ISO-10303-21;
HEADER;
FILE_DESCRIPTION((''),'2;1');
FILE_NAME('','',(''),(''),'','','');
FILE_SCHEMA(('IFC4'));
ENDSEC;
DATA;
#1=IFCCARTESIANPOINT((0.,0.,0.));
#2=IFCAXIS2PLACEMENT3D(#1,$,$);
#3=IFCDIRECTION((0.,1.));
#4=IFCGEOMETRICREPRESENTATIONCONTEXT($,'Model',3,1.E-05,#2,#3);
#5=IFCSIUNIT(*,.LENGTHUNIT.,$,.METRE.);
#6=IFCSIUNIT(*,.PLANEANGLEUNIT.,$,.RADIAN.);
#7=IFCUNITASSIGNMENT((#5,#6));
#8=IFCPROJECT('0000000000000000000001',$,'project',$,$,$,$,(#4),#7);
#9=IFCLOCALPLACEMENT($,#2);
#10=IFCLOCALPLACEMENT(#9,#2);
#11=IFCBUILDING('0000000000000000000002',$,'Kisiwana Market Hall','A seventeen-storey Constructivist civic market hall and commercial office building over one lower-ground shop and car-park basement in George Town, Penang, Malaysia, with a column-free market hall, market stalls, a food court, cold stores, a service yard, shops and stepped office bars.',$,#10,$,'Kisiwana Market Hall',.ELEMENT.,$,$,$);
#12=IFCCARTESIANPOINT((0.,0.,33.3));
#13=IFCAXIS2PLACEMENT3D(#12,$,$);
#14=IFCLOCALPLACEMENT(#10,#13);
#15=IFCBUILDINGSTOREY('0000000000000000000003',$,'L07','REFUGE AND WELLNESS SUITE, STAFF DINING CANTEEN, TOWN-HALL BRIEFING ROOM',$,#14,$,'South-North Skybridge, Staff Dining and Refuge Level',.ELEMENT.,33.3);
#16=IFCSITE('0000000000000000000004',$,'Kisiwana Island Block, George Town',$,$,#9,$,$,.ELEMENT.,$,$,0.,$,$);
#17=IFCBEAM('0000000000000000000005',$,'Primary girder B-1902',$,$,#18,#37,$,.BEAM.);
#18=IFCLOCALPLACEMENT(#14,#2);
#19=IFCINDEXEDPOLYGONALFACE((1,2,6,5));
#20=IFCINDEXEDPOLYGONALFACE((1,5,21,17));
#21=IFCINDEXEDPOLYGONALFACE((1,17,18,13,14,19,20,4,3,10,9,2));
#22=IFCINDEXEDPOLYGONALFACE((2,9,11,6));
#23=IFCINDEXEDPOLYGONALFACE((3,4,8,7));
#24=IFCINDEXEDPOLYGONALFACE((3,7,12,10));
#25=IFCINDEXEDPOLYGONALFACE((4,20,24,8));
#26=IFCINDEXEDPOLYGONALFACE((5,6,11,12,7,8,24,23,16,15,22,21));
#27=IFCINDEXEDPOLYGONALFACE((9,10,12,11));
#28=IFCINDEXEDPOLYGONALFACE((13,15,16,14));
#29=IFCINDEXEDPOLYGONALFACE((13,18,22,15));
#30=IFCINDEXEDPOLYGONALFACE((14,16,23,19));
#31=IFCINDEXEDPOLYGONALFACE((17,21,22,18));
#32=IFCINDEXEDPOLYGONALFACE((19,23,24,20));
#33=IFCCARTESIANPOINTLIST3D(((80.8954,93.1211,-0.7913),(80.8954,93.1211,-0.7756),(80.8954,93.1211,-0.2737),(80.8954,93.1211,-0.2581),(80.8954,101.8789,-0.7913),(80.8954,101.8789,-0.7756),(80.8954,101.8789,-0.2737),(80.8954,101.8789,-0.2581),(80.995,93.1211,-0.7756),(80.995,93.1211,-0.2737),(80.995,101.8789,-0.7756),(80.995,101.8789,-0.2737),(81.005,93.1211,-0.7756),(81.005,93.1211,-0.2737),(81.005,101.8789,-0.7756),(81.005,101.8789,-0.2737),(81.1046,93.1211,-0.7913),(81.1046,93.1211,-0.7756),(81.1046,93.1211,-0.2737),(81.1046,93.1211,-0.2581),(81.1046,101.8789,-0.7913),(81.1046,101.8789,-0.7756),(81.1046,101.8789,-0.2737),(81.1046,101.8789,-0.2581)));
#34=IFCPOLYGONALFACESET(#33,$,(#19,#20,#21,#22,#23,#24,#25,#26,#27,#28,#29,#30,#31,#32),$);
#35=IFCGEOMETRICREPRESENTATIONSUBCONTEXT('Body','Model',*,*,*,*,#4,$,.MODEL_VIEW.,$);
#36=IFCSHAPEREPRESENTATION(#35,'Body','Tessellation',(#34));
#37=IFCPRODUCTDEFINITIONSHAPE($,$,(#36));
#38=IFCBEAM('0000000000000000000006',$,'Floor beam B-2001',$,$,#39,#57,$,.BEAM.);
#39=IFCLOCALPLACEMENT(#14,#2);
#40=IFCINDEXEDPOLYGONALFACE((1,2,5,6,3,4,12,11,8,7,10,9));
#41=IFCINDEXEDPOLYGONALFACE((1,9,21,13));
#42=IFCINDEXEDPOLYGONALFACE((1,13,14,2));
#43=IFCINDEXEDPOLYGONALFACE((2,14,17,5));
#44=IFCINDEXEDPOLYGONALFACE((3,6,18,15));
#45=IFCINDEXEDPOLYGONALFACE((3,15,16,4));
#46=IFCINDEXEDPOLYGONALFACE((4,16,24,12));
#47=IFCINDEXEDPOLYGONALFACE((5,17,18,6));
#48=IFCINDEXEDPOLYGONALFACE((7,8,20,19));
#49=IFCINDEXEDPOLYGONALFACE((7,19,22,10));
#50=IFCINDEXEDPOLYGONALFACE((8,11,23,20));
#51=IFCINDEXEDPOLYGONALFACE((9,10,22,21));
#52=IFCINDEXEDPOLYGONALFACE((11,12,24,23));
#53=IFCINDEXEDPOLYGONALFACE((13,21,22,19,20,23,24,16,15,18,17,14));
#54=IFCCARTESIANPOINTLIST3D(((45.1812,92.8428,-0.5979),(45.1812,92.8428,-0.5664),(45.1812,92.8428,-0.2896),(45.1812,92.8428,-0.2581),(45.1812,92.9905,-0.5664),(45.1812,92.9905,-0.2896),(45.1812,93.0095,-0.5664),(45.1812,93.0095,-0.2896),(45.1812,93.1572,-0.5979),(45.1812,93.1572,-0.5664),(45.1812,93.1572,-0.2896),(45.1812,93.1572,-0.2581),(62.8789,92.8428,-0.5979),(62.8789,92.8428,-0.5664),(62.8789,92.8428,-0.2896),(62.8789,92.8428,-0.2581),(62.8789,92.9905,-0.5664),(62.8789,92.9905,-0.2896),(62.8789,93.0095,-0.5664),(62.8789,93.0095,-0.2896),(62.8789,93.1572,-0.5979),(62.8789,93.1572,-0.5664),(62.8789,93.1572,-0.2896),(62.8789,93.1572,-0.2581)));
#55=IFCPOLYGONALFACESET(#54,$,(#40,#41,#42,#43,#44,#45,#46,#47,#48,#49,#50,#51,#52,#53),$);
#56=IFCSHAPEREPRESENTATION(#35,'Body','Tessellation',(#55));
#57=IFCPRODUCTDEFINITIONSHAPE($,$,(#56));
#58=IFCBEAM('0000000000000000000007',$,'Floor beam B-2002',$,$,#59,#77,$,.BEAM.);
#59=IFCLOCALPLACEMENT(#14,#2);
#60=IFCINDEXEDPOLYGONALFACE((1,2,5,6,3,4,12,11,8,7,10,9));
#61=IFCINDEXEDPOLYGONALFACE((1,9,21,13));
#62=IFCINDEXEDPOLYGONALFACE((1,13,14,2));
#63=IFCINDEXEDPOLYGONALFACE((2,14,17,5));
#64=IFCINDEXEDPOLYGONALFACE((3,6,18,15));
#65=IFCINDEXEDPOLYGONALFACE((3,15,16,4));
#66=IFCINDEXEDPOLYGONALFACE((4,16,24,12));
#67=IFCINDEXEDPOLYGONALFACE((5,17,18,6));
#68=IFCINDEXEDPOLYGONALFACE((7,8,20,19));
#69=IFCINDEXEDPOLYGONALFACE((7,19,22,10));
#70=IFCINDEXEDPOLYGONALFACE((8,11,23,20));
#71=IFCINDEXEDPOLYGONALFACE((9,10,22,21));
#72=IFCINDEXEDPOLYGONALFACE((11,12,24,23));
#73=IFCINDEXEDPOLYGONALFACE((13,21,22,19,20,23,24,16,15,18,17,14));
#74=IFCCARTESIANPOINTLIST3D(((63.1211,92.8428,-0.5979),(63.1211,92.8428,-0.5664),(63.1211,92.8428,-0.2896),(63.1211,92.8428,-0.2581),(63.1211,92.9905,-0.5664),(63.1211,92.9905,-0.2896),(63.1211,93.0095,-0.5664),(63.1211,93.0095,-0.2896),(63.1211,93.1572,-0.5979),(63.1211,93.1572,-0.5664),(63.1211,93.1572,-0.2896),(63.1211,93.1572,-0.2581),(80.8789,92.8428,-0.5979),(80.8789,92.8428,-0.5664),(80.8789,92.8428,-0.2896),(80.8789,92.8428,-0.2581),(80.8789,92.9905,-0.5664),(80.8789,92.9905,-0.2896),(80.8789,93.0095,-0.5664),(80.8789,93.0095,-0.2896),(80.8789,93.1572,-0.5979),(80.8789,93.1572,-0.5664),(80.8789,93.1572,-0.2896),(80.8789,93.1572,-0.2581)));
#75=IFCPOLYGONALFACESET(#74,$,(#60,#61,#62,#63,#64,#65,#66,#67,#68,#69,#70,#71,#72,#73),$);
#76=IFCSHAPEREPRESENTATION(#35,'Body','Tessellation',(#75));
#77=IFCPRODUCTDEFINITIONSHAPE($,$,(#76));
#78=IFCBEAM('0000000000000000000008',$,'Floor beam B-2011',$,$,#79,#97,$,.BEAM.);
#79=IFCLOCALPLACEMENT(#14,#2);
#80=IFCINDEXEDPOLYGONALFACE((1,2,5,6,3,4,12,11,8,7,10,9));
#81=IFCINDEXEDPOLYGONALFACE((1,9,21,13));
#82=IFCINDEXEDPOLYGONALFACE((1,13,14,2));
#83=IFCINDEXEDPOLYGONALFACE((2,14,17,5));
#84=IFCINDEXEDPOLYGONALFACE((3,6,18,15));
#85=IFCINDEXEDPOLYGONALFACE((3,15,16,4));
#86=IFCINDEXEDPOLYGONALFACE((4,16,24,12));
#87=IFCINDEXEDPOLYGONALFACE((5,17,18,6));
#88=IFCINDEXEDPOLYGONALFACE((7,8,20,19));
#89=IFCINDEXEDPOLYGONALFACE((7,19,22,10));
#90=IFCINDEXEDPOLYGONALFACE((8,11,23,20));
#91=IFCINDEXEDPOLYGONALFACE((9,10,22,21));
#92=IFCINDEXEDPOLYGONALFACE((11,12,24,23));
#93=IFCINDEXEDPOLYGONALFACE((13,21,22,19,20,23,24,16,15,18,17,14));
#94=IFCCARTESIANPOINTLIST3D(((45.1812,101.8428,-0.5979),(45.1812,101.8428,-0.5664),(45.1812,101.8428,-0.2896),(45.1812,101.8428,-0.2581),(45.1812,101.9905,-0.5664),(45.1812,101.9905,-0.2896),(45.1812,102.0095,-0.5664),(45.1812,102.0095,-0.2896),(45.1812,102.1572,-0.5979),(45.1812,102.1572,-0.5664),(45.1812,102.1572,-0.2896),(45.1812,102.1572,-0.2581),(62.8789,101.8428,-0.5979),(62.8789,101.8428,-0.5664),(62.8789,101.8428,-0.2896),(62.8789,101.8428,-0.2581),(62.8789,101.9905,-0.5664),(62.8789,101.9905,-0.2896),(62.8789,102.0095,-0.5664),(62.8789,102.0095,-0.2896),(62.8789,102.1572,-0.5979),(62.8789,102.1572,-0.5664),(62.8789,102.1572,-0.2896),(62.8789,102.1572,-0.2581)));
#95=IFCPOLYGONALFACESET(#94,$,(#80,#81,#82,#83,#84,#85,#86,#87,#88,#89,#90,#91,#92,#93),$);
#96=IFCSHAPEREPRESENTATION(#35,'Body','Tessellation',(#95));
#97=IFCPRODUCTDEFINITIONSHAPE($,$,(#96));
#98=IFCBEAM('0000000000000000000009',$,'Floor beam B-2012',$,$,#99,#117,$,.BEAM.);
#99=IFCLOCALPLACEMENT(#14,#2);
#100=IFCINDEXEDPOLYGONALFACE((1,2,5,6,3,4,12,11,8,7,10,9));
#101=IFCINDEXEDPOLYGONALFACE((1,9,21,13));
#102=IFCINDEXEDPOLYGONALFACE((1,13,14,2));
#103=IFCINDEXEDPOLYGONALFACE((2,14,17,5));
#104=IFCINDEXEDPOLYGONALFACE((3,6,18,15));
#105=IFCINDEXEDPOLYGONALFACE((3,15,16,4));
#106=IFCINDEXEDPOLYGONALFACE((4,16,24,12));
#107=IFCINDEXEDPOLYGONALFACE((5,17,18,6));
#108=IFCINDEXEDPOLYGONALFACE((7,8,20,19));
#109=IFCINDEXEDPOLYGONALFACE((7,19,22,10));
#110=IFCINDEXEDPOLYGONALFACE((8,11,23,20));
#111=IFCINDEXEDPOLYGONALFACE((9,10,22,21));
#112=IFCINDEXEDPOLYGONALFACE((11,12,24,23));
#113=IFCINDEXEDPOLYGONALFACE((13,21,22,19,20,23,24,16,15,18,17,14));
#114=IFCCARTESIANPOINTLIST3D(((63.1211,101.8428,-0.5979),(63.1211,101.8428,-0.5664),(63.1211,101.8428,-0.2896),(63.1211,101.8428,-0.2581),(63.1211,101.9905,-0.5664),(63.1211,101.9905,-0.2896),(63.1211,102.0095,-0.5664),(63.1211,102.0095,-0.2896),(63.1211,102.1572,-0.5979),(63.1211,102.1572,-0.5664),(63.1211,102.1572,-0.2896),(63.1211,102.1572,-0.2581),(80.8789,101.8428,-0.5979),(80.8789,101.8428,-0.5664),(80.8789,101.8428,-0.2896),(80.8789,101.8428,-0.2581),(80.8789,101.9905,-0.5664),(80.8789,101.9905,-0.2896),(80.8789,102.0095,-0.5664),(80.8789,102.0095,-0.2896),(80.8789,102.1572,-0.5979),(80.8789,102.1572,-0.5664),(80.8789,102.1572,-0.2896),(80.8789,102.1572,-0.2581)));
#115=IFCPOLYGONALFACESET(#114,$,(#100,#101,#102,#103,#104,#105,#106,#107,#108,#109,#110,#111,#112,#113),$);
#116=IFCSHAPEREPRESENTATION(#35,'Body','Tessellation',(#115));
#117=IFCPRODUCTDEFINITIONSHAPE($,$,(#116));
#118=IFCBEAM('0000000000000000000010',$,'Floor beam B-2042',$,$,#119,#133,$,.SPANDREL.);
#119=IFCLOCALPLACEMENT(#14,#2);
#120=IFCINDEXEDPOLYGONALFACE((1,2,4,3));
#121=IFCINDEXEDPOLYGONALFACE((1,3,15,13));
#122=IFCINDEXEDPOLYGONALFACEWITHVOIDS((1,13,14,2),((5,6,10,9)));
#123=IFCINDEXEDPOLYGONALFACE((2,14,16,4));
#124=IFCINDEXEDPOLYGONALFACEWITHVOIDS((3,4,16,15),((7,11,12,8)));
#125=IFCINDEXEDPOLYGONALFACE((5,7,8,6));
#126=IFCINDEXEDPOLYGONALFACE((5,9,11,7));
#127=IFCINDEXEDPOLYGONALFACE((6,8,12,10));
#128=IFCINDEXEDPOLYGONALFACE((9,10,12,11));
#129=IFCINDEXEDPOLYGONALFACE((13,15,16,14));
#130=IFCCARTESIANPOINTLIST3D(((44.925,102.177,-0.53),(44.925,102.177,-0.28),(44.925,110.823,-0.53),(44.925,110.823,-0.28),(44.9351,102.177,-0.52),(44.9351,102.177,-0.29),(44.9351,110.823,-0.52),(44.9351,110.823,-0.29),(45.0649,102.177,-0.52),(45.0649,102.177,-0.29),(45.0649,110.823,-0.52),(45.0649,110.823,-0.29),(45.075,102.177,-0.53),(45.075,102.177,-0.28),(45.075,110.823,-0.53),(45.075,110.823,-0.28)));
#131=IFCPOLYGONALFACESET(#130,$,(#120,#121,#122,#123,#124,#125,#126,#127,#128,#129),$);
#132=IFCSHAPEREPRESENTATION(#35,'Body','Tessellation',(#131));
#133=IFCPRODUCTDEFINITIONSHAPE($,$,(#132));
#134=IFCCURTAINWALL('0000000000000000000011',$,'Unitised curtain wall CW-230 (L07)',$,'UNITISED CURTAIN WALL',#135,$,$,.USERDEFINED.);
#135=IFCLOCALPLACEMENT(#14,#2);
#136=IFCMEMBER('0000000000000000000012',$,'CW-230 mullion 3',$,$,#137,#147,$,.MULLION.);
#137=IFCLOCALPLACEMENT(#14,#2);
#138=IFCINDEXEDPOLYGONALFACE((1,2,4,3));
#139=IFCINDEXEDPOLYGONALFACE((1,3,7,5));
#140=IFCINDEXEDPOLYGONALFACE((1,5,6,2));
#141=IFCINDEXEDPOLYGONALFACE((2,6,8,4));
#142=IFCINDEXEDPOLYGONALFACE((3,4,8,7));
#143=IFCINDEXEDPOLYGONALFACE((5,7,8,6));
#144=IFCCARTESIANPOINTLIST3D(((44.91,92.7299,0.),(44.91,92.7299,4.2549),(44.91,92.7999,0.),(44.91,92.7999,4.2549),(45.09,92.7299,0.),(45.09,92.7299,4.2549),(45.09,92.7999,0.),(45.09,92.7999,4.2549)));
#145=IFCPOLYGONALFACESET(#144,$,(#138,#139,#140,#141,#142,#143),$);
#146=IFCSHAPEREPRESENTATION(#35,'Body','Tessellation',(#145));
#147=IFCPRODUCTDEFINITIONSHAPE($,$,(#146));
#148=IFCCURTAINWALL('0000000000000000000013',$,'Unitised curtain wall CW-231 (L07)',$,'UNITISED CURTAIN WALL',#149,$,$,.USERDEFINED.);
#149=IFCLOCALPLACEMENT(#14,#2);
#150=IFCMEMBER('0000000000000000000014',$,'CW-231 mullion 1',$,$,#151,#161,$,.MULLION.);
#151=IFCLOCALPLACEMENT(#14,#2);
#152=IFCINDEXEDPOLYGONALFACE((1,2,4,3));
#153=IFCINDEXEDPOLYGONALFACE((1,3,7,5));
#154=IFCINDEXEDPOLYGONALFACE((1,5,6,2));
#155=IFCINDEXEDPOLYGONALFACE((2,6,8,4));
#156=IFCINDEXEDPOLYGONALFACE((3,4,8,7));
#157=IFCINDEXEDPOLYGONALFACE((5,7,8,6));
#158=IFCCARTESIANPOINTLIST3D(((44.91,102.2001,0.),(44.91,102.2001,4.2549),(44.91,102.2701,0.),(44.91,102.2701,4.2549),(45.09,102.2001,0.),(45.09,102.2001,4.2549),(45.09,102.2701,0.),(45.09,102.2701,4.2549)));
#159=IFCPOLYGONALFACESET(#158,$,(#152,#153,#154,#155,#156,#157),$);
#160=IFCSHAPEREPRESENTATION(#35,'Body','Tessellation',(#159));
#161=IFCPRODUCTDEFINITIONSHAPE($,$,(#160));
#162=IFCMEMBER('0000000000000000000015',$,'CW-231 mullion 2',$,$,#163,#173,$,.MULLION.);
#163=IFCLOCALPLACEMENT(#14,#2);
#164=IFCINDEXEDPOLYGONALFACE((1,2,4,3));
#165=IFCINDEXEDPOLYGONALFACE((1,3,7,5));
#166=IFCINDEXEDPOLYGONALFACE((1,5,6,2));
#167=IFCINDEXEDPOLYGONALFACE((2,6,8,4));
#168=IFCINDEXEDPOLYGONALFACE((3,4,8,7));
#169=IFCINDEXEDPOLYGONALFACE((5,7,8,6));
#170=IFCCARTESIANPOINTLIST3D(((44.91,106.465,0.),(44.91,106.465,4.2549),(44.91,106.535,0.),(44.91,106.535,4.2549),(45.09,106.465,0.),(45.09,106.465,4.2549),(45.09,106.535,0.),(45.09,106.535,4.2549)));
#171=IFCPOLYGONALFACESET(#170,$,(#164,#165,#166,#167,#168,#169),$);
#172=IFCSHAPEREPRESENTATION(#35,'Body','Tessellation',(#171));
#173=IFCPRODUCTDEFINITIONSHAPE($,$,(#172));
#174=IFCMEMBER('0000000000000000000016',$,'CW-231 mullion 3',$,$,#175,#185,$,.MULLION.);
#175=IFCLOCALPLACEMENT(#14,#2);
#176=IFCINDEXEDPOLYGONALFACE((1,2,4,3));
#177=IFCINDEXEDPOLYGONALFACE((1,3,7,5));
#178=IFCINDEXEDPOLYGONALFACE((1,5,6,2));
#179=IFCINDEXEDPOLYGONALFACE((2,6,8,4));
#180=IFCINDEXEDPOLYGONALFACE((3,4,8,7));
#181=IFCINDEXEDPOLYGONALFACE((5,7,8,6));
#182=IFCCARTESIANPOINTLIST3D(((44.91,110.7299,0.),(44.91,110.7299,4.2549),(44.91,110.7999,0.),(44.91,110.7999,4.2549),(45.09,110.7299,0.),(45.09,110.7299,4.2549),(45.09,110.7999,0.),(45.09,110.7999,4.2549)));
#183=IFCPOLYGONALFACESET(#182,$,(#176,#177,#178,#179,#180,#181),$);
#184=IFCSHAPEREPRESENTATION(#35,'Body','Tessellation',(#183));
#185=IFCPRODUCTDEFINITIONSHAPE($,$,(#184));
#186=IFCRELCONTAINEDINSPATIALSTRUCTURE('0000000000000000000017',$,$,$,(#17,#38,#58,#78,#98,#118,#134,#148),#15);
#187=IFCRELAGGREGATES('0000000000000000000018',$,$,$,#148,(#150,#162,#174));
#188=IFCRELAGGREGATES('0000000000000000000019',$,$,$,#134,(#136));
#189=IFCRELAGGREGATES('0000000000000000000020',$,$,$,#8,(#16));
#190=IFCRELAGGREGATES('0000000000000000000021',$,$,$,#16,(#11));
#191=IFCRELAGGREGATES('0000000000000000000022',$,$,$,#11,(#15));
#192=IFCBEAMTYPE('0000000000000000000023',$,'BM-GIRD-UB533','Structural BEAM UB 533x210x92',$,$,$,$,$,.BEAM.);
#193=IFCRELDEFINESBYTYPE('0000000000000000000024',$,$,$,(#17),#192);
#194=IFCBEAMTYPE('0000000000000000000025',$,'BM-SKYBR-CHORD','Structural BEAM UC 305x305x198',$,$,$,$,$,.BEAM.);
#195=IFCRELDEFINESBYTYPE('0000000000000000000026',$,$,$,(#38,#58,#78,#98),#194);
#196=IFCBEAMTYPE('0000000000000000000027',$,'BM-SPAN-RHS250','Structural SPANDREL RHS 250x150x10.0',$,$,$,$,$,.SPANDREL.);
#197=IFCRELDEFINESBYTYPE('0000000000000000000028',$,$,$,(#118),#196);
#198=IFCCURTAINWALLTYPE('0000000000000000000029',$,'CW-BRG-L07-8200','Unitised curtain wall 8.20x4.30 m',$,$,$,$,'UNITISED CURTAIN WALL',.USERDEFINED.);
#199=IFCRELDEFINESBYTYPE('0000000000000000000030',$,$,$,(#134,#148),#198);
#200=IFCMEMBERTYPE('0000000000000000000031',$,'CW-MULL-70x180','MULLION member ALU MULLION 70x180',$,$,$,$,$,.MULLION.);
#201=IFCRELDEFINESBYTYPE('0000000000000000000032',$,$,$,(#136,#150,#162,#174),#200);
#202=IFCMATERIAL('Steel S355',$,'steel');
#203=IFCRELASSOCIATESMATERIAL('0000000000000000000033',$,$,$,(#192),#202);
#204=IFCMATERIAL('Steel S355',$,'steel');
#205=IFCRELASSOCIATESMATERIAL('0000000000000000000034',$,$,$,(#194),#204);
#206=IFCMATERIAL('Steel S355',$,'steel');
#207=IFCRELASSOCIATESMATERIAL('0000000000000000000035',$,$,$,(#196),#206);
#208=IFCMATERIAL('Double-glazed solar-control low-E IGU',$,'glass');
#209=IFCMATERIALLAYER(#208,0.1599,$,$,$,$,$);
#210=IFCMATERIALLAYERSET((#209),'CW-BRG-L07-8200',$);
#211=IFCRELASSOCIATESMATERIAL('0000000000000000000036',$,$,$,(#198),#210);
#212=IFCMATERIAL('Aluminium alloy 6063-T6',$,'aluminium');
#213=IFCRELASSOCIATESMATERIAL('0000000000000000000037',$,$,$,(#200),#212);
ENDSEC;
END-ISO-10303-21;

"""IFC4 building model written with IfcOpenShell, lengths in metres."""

from ifc_helpers import new_model, si_unit, direction, frame, origin, origin_2d, place, context, subcontext, project, spatial, rectangle, hollow_rectangle, i_section, extrude, material, layer, layer_set, material_profile, profile_set, type_object, element, aggregate, save


model = new_model("IFC4")

# Units and contexts
model_context = context("Model", 3, precision=1e-05, world=origin(), true_north=direction((0.0, 1.0)))
body_context = subcontext(model_context, "Body", "Model", "MODEL_VIEW")
ifc_project = project(units=[si_unit("LENGTHUNIT", "METRE"), si_unit("PLANEANGLEUNIT", "RADIAN")], contexts=[model_context])

# Site, building, storey
site_placement = place(None, origin())
site = spatial("IfcSite", under=ifc_project, at=site_placement, Name="Kisiwana Island Block, George Town", CompositionType="ELEMENT", RefElevation=0.0)
building_placement = place(site_placement, origin())
building = spatial("IfcBuilding", under=site, at=building_placement, Name="Kisiwana Market Hall", Description="A seventeen-storey Constructivist civic market hall and commercial office building over one lower-ground shop and car-park basement in George Town, Penang, Malaysia, with a column-free market hall, market stalls, a food court, cold stores, a service yard, shops and stepped office bars.", LongName="Kisiwana Market Hall", CompositionType="ELEMENT")
storey_placement = place(building_placement, frame((0.0, 0.0, 33.3)))
storey = spatial("IfcBuildingStorey", under=building, at=storey_placement, Name="L07", Description="REFUGE AND WELLNESS SUITE, STAFF DINING CANTEEN, TOWN-HALL BRIEFING ROOM", LongName="South-North Skybridge, Staff Dining and Refuge Level", CompositionType="ELEMENT", Elevation=33.3)

# Beams
ifc_material_1 = material(Name="Steel S355", Category="steel")
ifc_material_profile_1 = material_profile(ifc_material_1, i_section(OverallWidth=0.2092, OverallDepth=0.5332, WebThickness=0.01, FlangeThickness=0.0156, at=origin_2d()), Name="UB 533x210x92")
ifc_profile_set_1 = profile_set([ifc_material_profile_1], Name="Steel S355")
beam_type_1 = type_object("IfcBeamType", Name="BM-GIRD-UB533", Description="Structural BEAM UB 533x210x92", PredefinedType="BEAM", material=ifc_profile_set_1)
for number, where, z_axis, x_axis, name in (
    (1, (81.0, 93.1211, -0.5247), (0.0, 1.0, 0.0), (-1.0, 0.0, 0.0), "Primary girder B-1902"),
):
    element("IfcBeam", number, at=place(storey_placement, frame(where, z_axis=z_axis, x_axis=x_axis)), inside=storey, type_object=beam_type_1, Name=name, PredefinedType="BEAM", context=body_context, shape_type="SweptSolid", body=[
        extrude(i_section(OverallWidth=0.2092, OverallDepth=0.5332, WebThickness=0.01, FlangeThickness=0.0156, at=origin_2d()), origin(), (0.0, 0.0, 1.0), 8.7578),
    ])
ifc_material_2 = material(Name="Steel S355", Category="steel")
ifc_material_profile_2 = material_profile(ifc_material_2, i_section(OverallWidth=0.3145, OverallDepth=0.3398, WebThickness=0.019, FlangeThickness=0.0315, at=origin_2d()), Name="UC 305x305x198")
ifc_profile_set_2 = profile_set([ifc_material_profile_2], Name="Steel S355")
beam_type_2 = type_object("IfcBeamType", Name="BM-SKYBR-CHORD", Description="Structural BEAM UC 305x305x198", PredefinedType="BEAM", material=ifc_profile_set_2)
beam_1_placement = place(storey_placement, frame((45.1812, 93.0, -0.428), z_axis=(1.0, 0.0, 0.0), x_axis=(0.0, 1.0, 0.0)))
element("IfcBeam", 2, at=beam_1_placement, inside=storey, type_object=beam_type_2, Name="Floor beam B-2001", PredefinedType="BEAM", context=body_context, shape_type="SweptSolid", body=[
    extrude(i_section(OverallWidth=0.3145, OverallDepth=0.3398, WebThickness=0.019, FlangeThickness=0.0315, at=origin_2d()), origin(), (0.0, 0.0, 1.0), 17.6978),
])
beam_2_placement = place(storey_placement, frame((63.1211, 93.0, -0.428), z_axis=(1.0, 0.0, 0.0), x_axis=(0.0, 1.0, 0.0)))
element("IfcBeam", 3, at=beam_2_placement, inside=storey, type_object=beam_type_2, Name="Floor beam B-2002", PredefinedType="BEAM", context=body_context, shape_type="SweptSolid", body=[
    extrude(i_section(OverallWidth=0.3145, OverallDepth=0.3398, WebThickness=0.019, FlangeThickness=0.0315, at=origin_2d()), origin(), (0.0, 0.0, 1.0), 17.7578),
])
beam_3_placement = place(storey_placement, frame((45.1812, 102.0, -0.428), z_axis=(1.0, 0.0, 0.0), x_axis=(0.0, 1.0, 0.0)))
element("IfcBeam", 4, at=beam_3_placement, inside=storey, type_object=beam_type_2, Name="Floor beam B-2011", PredefinedType="BEAM", context=body_context, shape_type="SweptSolid", body=[
    extrude(i_section(OverallWidth=0.3145, OverallDepth=0.3398, WebThickness=0.019, FlangeThickness=0.0315, at=origin_2d()), origin(), (0.0, 0.0, 1.0), 17.6978),
])
beam_4_placement = place(storey_placement, frame((63.1211, 102.0, -0.428), z_axis=(1.0, 0.0, 0.0), x_axis=(0.0, 1.0, 0.0)))
element("IfcBeam", 5, at=beam_4_placement, inside=storey, type_object=beam_type_2, Name="Floor beam B-2012", PredefinedType="BEAM", context=body_context, shape_type="SweptSolid", body=[
    extrude(i_section(OverallWidth=0.3145, OverallDepth=0.3398, WebThickness=0.019, FlangeThickness=0.0315, at=origin_2d()), origin(), (0.0, 0.0, 1.0), 17.7578),
])
ifc_material_3 = material(Name="Steel S355", Category="steel")
ifc_material_profile_3 = material_profile(ifc_material_3, hollow_rectangle(XDim=0.1499, YDim=0.25, WallThickness=0.01, at=origin_2d()), Name="RHS 250x150x10.0")
ifc_profile_set_3 = profile_set([ifc_material_profile_3], Name="Steel S355")
beam_type_3 = type_object("IfcBeamType", Name="BM-SPAN-RHS250", Description="Structural SPANDREL RHS 250x150x10.0", PredefinedType="SPANDREL", material=ifc_profile_set_3)
beam_5_placement = place(storey_placement, frame((45.0, 102.177, -0.405), z_axis=(0.0, 1.0, 0.0), x_axis=(-1.0, 0.0, 0.0)))
element("IfcBeam", 6, at=beam_5_placement, inside=storey, type_object=beam_type_3, Name="Floor beam B-2042", PredefinedType="SPANDREL", context=body_context, shape_type="SweptSolid", body=[
    extrude(hollow_rectangle(XDim=0.1499, YDim=0.25, WallThickness=0.01, at=origin_2d()), origin(), (0.0, 0.0, 1.0), 8.646),
])

# Curtain wall, member
ifc_material_4 = material(Name="Double-glazed solar-control low-E IGU", Category="glass")
ifc_layer_1 = layer(ifc_material_4, 0.1599)
ifc_layer_set_1 = layer_set([ifc_layer_1], Name="CW-BRG-L07-8200")
curtain_wall_type = type_object("IfcCurtainWallType", Name="CW-BRG-L07-8200", Description="Unitised curtain wall 8.20x4.30 m", ElementType="UNITISED CURTAIN WALL", PredefinedType="USERDEFINED", material=ifc_layer_set_1)
curtain_wall_1_placement = place(storey_placement, origin())
curtain_wall_1 = element("IfcCurtainWall", 7, at=curtain_wall_1_placement, inside=storey, type_object=curtain_wall_type, Name="Unitised curtain wall CW-230 (L07)", ObjectType="UNITISED CURTAIN WALL", PredefinedType="USERDEFINED")
ifc_material_5 = material(Name="Aluminium alloy 6063-T6", Category="aluminium")
ifc_material_profile_4 = material_profile(ifc_material_5, rectangle(XDim=0.0701, YDim=0.1799, at=origin_2d()), Name="ALU MULLION 70x180")
ifc_profile_set_4 = profile_set([ifc_material_profile_4], Name="Aluminium alloy 6063-T6")
member_type_1 = type_object("IfcMemberType", Name="CW-MULL-70x180", Description="MULLION member ALU MULLION 70x180", PredefinedType="MULLION", material=ifc_profile_set_4)
member_1_placement = place(storey_placement, frame((45.0, 92.7649, 0.0), z_axis=(0.0, 0.0, 1.0), x_axis=(0.0, 1.0, 0.0)))
member_1 = element("IfcMember", 8, at=member_1_placement, type_object=member_type_1, Name="CW-230 mullion 3", PredefinedType="MULLION", context=body_context, shape_type="SweptSolid", body=[
    extrude(rectangle(XDim=0.0701, YDim=0.1799, at=origin_2d()), origin(), (0.0, 0.0, 1.0), 4.2549),
])

# Curtain wall, members
curtain_wall_2_placement = place(storey_placement, origin())
curtain_wall_2 = element("IfcCurtainWall", 9, at=curtain_wall_2_placement, inside=storey, type_object=curtain_wall_type, Name="Unitised curtain wall CW-231 (L07)", ObjectType="UNITISED CURTAIN WALL", PredefinedType="USERDEFINED")
member_2_placement = place(storey_placement, frame((45.0, 102.2351, 0.0), z_axis=(0.0, 0.0, 1.0), x_axis=(0.0, 1.0, 0.0)))
member_2 = element("IfcMember", 10, at=member_2_placement, type_object=member_type_1, Name="CW-231 mullion 1", PredefinedType="MULLION", context=body_context, shape_type="SweptSolid", body=[
    extrude(rectangle(XDim=0.0701, YDim=0.1799, at=origin_2d()), origin(), (0.0, 0.0, 1.0), 4.2549),
])
member_3_placement = place(storey_placement, frame((45.0, 106.5, 0.0), z_axis=(0.0, 0.0, 1.0), x_axis=(0.0, 1.0, 0.0)))
member_3 = element("IfcMember", 11, at=member_3_placement, type_object=member_type_1, Name="CW-231 mullion 2", PredefinedType="MULLION", context=body_context, shape_type="SweptSolid", body=[
    extrude(rectangle(XDim=0.0701, YDim=0.1799, at=origin_2d()), origin(), (0.0, 0.0, 1.0), 4.2549),
])
member_4_placement = place(storey_placement, frame((45.0, 110.7649, 0.0), z_axis=(0.0, 0.0, 1.0), x_axis=(0.0, 1.0, 0.0)))
member_4 = element("IfcMember", 12, at=member_4_placement, type_object=member_type_1, Name="CW-231 mullion 3", PredefinedType="MULLION", context=body_context, shape_type="SweptSolid", body=[
    extrude(rectangle(XDim=0.0701, YDim=0.1799, at=origin_2d()), origin(), (0.0, 0.0, 1.0), 4.2549),
])
aggregate(curtain_wall_2, [member_2, member_3, member_4])

aggregate(curtain_wall_1, [member_1])

save(model, "model.ifc")
